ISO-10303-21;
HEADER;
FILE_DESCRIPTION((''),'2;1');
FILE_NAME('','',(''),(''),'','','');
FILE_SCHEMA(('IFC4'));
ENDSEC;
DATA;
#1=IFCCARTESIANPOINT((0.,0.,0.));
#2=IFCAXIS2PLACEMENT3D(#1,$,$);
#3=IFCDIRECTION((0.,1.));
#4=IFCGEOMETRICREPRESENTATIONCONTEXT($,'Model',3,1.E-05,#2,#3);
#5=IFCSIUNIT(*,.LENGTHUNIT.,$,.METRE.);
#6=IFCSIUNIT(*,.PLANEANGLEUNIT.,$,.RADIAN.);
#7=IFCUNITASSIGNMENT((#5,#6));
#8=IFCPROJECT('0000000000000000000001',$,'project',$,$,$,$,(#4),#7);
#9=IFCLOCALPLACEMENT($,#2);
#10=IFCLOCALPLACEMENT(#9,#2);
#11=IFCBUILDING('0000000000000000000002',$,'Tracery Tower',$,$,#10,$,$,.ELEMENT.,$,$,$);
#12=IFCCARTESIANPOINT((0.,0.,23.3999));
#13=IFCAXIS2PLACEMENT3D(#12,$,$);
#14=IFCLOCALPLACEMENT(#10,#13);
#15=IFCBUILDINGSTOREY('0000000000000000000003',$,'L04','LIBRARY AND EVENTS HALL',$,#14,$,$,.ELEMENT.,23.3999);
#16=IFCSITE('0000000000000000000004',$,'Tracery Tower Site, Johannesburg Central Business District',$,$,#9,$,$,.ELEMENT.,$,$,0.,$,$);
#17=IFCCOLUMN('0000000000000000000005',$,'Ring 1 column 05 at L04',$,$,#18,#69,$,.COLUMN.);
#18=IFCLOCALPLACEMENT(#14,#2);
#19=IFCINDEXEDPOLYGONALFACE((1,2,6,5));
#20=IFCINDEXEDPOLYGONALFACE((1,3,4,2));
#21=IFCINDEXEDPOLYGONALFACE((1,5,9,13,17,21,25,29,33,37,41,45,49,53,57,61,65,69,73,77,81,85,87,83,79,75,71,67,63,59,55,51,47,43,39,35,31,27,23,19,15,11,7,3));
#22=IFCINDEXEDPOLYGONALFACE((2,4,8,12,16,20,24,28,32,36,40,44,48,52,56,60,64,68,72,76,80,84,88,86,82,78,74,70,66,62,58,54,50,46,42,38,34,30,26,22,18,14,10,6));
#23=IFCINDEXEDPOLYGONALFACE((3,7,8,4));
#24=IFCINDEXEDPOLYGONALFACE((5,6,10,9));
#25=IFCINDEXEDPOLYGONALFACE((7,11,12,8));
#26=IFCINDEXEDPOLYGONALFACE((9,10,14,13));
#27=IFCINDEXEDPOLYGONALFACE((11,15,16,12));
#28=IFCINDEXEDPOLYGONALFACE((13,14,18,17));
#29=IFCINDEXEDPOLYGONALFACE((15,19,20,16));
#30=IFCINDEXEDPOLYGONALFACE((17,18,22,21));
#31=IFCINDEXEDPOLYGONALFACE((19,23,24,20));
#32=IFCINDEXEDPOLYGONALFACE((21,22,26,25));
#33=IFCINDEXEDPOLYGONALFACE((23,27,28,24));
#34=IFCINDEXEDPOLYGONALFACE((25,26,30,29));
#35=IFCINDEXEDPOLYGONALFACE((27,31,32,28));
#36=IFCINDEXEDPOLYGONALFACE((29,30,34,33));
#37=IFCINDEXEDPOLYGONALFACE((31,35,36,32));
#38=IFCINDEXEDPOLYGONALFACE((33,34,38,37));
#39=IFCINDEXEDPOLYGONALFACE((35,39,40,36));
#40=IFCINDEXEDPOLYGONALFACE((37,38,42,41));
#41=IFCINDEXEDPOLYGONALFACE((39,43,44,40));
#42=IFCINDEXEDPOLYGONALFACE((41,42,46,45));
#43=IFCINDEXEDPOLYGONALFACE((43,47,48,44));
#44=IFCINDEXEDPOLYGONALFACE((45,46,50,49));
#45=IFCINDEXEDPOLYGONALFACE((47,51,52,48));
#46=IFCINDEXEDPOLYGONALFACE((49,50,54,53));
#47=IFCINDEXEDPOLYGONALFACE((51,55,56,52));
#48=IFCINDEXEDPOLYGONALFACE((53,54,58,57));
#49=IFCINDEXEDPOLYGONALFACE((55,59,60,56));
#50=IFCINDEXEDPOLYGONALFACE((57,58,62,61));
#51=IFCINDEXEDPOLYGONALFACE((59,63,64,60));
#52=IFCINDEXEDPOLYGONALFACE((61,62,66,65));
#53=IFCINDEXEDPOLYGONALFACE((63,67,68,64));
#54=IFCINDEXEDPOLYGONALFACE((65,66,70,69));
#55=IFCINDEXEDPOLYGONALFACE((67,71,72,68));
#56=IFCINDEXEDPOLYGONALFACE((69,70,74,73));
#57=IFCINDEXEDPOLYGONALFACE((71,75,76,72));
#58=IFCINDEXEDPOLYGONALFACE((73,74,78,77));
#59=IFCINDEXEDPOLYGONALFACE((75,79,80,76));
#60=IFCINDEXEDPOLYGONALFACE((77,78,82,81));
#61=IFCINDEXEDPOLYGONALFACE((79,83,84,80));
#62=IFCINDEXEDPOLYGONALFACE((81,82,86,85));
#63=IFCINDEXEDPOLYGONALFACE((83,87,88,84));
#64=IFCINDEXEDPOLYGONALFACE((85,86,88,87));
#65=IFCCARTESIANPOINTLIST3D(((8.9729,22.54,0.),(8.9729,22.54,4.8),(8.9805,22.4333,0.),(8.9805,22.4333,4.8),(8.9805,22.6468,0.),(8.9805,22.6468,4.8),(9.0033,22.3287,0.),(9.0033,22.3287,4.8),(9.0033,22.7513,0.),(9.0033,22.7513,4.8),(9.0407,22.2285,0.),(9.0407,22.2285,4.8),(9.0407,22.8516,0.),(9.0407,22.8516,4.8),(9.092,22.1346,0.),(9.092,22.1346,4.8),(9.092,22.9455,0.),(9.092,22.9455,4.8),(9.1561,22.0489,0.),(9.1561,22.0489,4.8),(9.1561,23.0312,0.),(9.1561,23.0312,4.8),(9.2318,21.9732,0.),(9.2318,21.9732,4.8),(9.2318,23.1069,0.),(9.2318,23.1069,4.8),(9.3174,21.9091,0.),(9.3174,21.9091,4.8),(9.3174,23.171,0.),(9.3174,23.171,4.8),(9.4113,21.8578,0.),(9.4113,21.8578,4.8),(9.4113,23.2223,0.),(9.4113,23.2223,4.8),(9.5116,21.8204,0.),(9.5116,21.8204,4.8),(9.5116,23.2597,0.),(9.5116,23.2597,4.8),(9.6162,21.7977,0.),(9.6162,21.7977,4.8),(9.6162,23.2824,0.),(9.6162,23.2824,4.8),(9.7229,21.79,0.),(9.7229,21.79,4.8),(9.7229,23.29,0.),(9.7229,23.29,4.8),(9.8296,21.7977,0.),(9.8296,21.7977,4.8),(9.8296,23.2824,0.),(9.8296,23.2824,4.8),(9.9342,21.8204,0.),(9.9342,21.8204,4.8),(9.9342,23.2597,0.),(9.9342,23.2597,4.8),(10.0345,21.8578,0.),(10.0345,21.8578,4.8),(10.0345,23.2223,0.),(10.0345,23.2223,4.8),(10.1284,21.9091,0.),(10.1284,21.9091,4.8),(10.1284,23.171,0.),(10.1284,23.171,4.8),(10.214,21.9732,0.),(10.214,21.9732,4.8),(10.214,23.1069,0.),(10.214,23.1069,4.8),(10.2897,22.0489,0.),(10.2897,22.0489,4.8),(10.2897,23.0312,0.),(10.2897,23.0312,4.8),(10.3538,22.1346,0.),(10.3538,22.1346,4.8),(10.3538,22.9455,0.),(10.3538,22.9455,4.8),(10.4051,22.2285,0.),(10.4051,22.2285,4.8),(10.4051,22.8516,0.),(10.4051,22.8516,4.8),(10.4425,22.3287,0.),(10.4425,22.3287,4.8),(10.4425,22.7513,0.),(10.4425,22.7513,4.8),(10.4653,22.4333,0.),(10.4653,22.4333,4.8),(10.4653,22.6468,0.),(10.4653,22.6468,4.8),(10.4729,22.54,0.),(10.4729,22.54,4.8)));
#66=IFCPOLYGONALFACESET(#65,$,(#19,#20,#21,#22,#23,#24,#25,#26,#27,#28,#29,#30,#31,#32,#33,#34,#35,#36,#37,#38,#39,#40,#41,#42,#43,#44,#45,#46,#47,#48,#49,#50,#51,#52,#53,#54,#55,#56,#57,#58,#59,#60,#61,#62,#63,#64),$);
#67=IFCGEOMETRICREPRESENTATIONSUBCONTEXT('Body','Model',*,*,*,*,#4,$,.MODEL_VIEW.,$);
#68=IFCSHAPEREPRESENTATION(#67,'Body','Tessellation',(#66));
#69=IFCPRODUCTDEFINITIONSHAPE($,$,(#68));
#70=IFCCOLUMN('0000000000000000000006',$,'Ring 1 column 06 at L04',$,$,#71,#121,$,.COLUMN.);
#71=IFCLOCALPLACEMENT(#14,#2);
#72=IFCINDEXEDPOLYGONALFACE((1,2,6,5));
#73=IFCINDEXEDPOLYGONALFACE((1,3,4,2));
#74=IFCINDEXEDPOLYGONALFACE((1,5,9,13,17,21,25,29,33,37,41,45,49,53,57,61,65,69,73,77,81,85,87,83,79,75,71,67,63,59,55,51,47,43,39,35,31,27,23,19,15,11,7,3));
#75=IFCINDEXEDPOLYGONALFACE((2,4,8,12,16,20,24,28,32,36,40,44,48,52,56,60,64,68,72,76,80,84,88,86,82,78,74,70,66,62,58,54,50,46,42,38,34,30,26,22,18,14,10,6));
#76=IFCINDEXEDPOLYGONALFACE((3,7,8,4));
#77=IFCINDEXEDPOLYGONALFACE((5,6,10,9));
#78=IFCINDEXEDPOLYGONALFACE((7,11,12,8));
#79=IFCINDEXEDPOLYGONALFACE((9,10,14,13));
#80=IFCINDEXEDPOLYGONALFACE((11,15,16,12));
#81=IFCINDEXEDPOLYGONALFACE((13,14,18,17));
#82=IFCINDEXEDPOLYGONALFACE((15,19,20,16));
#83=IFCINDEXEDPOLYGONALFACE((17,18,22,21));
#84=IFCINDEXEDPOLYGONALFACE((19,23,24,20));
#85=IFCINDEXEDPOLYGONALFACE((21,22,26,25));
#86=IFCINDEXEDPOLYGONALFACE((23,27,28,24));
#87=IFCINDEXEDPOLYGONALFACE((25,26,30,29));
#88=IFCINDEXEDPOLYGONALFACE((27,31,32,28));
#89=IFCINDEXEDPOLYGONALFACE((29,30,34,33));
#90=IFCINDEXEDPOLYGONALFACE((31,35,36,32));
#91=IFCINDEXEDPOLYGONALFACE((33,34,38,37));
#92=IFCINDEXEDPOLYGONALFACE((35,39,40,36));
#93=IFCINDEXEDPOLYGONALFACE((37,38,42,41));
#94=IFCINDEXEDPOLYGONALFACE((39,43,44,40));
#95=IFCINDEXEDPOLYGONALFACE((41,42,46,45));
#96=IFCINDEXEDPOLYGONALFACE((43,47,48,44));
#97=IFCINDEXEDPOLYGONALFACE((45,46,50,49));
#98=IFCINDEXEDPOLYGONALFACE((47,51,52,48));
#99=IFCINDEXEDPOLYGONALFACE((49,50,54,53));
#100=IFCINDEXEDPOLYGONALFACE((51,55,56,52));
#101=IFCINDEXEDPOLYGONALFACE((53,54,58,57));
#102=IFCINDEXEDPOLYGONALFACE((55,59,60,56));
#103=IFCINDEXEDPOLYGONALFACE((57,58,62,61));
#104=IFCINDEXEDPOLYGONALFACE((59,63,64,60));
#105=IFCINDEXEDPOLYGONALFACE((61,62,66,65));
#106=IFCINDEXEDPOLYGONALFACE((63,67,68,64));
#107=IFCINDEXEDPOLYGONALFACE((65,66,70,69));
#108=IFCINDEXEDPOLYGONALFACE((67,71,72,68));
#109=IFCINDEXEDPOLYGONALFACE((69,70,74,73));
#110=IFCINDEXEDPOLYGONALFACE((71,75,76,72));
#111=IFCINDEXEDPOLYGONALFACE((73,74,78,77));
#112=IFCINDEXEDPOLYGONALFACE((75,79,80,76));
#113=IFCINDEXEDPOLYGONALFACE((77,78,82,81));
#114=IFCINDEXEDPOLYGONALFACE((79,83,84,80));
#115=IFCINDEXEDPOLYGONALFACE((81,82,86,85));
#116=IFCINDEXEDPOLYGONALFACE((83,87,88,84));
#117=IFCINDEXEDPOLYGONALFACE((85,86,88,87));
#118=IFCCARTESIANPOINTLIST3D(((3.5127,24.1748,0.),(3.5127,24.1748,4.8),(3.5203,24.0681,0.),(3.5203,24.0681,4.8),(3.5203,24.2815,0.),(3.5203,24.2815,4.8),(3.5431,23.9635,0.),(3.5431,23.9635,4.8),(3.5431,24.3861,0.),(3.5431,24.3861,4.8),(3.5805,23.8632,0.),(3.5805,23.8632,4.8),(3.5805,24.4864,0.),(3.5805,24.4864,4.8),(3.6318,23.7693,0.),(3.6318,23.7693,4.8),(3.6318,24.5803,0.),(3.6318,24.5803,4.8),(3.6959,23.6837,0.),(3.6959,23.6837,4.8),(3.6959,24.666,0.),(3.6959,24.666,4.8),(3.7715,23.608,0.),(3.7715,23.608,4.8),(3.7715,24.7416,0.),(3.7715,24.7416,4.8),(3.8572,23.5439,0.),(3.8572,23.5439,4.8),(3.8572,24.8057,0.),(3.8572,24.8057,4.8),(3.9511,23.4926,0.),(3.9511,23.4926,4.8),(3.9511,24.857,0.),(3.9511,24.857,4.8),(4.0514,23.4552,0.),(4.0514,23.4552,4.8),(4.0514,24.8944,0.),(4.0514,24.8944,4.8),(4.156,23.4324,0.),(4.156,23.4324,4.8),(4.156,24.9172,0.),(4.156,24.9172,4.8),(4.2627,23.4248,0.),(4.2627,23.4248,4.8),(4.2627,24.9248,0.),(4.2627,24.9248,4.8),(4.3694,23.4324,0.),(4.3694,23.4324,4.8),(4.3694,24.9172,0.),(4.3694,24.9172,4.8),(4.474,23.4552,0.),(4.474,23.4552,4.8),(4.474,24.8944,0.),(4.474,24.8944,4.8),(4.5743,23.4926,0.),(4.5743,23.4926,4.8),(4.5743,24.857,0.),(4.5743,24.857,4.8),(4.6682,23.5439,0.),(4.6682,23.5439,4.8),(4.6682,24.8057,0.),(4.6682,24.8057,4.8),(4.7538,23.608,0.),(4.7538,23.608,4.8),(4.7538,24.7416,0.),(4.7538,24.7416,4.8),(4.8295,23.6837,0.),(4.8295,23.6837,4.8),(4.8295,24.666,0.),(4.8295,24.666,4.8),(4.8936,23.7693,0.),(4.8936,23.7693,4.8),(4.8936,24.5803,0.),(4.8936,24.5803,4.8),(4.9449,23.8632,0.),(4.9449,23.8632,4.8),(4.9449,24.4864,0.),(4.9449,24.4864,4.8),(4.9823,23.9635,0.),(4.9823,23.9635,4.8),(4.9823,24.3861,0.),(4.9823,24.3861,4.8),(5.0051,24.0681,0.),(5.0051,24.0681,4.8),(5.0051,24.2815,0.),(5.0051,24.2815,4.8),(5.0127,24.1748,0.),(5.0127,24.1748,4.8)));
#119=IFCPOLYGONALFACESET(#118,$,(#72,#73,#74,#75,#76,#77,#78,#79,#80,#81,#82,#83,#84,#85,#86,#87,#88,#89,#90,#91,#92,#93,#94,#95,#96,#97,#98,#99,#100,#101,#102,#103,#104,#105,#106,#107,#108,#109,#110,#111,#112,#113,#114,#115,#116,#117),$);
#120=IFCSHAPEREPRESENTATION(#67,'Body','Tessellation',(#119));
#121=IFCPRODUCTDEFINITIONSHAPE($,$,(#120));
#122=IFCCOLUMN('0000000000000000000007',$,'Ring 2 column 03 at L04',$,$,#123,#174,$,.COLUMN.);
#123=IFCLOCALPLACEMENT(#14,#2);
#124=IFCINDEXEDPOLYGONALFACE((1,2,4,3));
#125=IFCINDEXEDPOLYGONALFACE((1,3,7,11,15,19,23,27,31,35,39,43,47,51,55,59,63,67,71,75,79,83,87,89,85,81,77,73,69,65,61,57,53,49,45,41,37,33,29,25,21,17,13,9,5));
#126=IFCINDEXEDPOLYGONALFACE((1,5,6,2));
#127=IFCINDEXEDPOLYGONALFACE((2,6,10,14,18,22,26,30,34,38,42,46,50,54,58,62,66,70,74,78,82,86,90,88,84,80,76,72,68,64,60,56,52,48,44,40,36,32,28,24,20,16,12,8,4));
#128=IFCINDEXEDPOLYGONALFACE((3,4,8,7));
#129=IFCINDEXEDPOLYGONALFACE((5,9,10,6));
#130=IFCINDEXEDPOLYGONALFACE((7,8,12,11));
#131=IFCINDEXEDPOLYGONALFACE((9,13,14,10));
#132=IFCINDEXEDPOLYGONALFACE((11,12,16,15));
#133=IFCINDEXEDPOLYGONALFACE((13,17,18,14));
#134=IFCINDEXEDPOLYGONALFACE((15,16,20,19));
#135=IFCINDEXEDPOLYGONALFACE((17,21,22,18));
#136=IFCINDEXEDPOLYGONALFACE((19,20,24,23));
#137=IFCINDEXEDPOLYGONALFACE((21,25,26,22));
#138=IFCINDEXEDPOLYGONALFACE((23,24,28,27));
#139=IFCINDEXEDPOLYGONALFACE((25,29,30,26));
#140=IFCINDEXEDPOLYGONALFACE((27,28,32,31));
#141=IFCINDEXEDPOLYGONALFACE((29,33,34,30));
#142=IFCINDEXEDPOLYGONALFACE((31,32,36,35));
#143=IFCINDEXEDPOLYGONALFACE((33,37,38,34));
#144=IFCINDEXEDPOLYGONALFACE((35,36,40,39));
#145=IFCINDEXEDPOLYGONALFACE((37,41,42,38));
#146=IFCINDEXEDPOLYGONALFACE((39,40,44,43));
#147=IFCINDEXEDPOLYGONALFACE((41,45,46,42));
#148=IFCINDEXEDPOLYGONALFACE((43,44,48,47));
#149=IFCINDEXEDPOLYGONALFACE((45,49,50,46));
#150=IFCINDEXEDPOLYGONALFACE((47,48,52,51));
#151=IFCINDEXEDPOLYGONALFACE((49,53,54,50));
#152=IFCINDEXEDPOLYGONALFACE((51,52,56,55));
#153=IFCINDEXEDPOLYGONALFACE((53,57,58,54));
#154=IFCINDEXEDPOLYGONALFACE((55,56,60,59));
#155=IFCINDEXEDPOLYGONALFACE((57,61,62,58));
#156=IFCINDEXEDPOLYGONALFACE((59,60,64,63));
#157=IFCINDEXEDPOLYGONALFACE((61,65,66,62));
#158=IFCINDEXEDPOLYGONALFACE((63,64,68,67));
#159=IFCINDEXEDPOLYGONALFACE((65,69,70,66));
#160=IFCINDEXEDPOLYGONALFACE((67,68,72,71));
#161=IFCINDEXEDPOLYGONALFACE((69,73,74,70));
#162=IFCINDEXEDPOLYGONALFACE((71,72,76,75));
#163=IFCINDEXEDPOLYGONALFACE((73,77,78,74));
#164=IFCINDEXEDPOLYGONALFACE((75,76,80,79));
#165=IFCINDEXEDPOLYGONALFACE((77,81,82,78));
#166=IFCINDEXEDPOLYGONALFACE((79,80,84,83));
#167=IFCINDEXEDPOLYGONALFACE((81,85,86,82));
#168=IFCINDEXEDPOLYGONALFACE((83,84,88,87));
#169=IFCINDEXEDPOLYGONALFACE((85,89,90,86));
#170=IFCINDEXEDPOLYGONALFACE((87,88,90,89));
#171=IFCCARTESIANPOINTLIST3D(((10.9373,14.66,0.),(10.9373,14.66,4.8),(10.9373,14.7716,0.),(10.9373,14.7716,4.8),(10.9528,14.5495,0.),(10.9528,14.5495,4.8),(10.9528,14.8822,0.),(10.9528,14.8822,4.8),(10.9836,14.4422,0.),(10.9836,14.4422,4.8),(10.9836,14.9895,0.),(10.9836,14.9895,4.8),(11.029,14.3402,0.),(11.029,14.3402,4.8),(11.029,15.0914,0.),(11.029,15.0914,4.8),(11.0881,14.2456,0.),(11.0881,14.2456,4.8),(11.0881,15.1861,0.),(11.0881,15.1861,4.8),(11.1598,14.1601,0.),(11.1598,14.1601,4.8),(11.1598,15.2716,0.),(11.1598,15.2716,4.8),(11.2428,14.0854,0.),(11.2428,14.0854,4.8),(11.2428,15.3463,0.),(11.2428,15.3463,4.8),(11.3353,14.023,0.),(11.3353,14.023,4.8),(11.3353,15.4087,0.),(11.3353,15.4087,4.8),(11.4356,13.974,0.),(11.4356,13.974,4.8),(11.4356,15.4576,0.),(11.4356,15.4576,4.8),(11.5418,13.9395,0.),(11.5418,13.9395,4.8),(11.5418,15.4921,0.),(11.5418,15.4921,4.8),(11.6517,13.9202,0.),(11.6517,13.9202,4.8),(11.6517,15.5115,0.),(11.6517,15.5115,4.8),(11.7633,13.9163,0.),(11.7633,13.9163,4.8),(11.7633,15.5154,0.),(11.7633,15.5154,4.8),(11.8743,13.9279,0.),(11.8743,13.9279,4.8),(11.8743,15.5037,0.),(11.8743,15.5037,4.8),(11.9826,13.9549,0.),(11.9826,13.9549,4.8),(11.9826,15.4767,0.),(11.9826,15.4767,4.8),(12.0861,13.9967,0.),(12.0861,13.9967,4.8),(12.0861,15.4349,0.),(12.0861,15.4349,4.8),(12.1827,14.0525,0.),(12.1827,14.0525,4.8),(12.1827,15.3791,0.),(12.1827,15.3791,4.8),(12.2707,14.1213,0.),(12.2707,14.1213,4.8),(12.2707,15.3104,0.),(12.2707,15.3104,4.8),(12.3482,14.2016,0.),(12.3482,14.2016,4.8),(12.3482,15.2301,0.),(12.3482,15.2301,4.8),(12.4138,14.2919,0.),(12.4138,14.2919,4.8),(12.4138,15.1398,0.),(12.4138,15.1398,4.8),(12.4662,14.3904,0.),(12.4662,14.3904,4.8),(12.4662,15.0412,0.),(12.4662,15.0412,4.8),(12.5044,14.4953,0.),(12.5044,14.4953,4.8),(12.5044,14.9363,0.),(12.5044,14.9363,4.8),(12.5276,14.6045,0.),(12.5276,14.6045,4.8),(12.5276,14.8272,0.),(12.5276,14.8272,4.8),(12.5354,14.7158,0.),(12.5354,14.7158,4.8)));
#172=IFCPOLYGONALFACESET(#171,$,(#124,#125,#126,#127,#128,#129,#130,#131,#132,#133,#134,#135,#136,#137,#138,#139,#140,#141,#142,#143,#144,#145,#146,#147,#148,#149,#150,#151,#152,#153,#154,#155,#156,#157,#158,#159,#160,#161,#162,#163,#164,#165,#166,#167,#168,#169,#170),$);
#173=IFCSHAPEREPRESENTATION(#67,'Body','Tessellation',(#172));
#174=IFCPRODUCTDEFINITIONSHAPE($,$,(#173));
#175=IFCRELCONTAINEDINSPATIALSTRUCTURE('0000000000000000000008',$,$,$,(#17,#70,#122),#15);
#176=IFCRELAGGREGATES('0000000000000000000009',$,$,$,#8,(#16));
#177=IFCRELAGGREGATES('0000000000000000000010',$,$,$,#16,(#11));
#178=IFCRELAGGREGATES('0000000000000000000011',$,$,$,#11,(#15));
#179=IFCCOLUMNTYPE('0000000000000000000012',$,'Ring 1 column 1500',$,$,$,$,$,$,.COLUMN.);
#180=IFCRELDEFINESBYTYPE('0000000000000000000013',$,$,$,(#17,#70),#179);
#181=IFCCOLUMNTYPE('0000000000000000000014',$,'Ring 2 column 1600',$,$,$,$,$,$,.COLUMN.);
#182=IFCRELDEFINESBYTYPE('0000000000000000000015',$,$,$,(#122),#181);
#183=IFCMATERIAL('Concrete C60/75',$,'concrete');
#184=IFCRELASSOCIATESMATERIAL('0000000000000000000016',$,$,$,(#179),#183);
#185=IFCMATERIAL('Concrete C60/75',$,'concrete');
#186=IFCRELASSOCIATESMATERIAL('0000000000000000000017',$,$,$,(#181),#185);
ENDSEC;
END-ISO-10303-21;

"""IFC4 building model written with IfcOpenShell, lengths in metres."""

from ifc_helpers import new_model, si_unit, direction, frame, origin, origin_2d, place, context, subcontext, project, spatial, circle, extrude, material, material_profile, profile_set, type_object, element, save


model = new_model("IFC4")

# Units and contexts
model_context = context("Model", 3, precision=1e-05, world=origin(), true_north=direction((0.0, 1.0)))
body_context = subcontext(model_context, "Body", "Model", "MODEL_VIEW")
ifc_project = project(units=[si_unit("LENGTHUNIT", "METRE"), si_unit("PLANEANGLEUNIT", "RADIAN")], contexts=[model_context])

# Site, building, storey
site_placement = place(None, origin())
site = spatial("IfcSite", under=ifc_project, at=site_placement, Name="Tracery Tower Site, Johannesburg Central Business District", CompositionType="ELEMENT", RefElevation=0.0)
building_placement = place(site_placement, origin())
building = spatial("IfcBuilding", under=site, at=building_placement, Name="Tracery Tower", CompositionType="ELEMENT")
storey_placement = place(building_placement, frame((0.0, 0.0, 23.3999)))
storey = spatial("IfcBuildingStorey", under=building, at=storey_placement, Name="L04", Description="LIBRARY AND EVENTS HALL", CompositionType="ELEMENT", Elevation=23.3999)

# Columns
ifc_material_1 = material(Name="Concrete C60/75", Category="concrete")
ifc_material_profile_1 = material_profile(ifc_material_1, circle(Radius=0.75, at=origin_2d()), Name="RC D1500")
ifc_profile_set_1 = profile_set([ifc_material_profile_1], Name="Concrete C60/75")
column_type_1 = type_object("IfcColumnType", Name="Ring 1 column 1500", PredefinedType="COLUMN", material=ifc_profile_set_1)
for number, where, z_axis, x_axis, name in (
    (1, (9.7229, 22.54, 0.0), (0.0, 0.0, 1.0), (1.0, 0.0, 0.0), "Ring 1 column 05 at L04"),
    (2, (4.2627, 24.1748, 0.0), (0.0, 0.0, 1.0), (1.0, 0.0, 0.0), "Ring 1 column 06 at L04"),
):
    element("IfcColumn", number, at=place(storey_placement, frame(where, z_axis=z_axis, x_axis=x_axis)), inside=storey, type_object=column_type_1, Name=name, PredefinedType="COLUMN", context=body_context, shape_type="SweptSolid", body=[
        extrude(circle(Radius=0.75, at=origin_2d()), origin(), (0.0, 0.0, 1.0), 4.8),
    ])
ifc_material_2 = material(Name="Concrete C60/75", Category="concrete")
ifc_material_profile_2 = material_profile(ifc_material_2, circle(Radius=0.8, at=origin_2d()), Name="RC D1600")
ifc_profile_set_2 = profile_set([ifc_material_profile_2], Name="Concrete C60/75")
column_type_2 = type_object("IfcColumnType", Name="Ring 2 column 1600", PredefinedType="COLUMN", material=ifc_profile_set_2)
for number, where, z_axis, x_axis, name in (
    (3, (11.7354, 14.7158, 0.0), (0.0, 0.0, 1.0), (1.0, 0.0, 0.0), "Ring 2 column 03 at L04"),
):
    element("IfcColumn", number, at=place(storey_placement, frame(where, z_axis=z_axis, x_axis=x_axis)), inside=storey, type_object=column_type_2, Name=name, PredefinedType="COLUMN", context=body_context, shape_type="SweptSolid", body=[
        extrude(circle(Radius=0.8, at=origin_2d()), origin(), (0.0, 0.0, 1.0), 4.8),
    ])

save(model, "model.ifc")
